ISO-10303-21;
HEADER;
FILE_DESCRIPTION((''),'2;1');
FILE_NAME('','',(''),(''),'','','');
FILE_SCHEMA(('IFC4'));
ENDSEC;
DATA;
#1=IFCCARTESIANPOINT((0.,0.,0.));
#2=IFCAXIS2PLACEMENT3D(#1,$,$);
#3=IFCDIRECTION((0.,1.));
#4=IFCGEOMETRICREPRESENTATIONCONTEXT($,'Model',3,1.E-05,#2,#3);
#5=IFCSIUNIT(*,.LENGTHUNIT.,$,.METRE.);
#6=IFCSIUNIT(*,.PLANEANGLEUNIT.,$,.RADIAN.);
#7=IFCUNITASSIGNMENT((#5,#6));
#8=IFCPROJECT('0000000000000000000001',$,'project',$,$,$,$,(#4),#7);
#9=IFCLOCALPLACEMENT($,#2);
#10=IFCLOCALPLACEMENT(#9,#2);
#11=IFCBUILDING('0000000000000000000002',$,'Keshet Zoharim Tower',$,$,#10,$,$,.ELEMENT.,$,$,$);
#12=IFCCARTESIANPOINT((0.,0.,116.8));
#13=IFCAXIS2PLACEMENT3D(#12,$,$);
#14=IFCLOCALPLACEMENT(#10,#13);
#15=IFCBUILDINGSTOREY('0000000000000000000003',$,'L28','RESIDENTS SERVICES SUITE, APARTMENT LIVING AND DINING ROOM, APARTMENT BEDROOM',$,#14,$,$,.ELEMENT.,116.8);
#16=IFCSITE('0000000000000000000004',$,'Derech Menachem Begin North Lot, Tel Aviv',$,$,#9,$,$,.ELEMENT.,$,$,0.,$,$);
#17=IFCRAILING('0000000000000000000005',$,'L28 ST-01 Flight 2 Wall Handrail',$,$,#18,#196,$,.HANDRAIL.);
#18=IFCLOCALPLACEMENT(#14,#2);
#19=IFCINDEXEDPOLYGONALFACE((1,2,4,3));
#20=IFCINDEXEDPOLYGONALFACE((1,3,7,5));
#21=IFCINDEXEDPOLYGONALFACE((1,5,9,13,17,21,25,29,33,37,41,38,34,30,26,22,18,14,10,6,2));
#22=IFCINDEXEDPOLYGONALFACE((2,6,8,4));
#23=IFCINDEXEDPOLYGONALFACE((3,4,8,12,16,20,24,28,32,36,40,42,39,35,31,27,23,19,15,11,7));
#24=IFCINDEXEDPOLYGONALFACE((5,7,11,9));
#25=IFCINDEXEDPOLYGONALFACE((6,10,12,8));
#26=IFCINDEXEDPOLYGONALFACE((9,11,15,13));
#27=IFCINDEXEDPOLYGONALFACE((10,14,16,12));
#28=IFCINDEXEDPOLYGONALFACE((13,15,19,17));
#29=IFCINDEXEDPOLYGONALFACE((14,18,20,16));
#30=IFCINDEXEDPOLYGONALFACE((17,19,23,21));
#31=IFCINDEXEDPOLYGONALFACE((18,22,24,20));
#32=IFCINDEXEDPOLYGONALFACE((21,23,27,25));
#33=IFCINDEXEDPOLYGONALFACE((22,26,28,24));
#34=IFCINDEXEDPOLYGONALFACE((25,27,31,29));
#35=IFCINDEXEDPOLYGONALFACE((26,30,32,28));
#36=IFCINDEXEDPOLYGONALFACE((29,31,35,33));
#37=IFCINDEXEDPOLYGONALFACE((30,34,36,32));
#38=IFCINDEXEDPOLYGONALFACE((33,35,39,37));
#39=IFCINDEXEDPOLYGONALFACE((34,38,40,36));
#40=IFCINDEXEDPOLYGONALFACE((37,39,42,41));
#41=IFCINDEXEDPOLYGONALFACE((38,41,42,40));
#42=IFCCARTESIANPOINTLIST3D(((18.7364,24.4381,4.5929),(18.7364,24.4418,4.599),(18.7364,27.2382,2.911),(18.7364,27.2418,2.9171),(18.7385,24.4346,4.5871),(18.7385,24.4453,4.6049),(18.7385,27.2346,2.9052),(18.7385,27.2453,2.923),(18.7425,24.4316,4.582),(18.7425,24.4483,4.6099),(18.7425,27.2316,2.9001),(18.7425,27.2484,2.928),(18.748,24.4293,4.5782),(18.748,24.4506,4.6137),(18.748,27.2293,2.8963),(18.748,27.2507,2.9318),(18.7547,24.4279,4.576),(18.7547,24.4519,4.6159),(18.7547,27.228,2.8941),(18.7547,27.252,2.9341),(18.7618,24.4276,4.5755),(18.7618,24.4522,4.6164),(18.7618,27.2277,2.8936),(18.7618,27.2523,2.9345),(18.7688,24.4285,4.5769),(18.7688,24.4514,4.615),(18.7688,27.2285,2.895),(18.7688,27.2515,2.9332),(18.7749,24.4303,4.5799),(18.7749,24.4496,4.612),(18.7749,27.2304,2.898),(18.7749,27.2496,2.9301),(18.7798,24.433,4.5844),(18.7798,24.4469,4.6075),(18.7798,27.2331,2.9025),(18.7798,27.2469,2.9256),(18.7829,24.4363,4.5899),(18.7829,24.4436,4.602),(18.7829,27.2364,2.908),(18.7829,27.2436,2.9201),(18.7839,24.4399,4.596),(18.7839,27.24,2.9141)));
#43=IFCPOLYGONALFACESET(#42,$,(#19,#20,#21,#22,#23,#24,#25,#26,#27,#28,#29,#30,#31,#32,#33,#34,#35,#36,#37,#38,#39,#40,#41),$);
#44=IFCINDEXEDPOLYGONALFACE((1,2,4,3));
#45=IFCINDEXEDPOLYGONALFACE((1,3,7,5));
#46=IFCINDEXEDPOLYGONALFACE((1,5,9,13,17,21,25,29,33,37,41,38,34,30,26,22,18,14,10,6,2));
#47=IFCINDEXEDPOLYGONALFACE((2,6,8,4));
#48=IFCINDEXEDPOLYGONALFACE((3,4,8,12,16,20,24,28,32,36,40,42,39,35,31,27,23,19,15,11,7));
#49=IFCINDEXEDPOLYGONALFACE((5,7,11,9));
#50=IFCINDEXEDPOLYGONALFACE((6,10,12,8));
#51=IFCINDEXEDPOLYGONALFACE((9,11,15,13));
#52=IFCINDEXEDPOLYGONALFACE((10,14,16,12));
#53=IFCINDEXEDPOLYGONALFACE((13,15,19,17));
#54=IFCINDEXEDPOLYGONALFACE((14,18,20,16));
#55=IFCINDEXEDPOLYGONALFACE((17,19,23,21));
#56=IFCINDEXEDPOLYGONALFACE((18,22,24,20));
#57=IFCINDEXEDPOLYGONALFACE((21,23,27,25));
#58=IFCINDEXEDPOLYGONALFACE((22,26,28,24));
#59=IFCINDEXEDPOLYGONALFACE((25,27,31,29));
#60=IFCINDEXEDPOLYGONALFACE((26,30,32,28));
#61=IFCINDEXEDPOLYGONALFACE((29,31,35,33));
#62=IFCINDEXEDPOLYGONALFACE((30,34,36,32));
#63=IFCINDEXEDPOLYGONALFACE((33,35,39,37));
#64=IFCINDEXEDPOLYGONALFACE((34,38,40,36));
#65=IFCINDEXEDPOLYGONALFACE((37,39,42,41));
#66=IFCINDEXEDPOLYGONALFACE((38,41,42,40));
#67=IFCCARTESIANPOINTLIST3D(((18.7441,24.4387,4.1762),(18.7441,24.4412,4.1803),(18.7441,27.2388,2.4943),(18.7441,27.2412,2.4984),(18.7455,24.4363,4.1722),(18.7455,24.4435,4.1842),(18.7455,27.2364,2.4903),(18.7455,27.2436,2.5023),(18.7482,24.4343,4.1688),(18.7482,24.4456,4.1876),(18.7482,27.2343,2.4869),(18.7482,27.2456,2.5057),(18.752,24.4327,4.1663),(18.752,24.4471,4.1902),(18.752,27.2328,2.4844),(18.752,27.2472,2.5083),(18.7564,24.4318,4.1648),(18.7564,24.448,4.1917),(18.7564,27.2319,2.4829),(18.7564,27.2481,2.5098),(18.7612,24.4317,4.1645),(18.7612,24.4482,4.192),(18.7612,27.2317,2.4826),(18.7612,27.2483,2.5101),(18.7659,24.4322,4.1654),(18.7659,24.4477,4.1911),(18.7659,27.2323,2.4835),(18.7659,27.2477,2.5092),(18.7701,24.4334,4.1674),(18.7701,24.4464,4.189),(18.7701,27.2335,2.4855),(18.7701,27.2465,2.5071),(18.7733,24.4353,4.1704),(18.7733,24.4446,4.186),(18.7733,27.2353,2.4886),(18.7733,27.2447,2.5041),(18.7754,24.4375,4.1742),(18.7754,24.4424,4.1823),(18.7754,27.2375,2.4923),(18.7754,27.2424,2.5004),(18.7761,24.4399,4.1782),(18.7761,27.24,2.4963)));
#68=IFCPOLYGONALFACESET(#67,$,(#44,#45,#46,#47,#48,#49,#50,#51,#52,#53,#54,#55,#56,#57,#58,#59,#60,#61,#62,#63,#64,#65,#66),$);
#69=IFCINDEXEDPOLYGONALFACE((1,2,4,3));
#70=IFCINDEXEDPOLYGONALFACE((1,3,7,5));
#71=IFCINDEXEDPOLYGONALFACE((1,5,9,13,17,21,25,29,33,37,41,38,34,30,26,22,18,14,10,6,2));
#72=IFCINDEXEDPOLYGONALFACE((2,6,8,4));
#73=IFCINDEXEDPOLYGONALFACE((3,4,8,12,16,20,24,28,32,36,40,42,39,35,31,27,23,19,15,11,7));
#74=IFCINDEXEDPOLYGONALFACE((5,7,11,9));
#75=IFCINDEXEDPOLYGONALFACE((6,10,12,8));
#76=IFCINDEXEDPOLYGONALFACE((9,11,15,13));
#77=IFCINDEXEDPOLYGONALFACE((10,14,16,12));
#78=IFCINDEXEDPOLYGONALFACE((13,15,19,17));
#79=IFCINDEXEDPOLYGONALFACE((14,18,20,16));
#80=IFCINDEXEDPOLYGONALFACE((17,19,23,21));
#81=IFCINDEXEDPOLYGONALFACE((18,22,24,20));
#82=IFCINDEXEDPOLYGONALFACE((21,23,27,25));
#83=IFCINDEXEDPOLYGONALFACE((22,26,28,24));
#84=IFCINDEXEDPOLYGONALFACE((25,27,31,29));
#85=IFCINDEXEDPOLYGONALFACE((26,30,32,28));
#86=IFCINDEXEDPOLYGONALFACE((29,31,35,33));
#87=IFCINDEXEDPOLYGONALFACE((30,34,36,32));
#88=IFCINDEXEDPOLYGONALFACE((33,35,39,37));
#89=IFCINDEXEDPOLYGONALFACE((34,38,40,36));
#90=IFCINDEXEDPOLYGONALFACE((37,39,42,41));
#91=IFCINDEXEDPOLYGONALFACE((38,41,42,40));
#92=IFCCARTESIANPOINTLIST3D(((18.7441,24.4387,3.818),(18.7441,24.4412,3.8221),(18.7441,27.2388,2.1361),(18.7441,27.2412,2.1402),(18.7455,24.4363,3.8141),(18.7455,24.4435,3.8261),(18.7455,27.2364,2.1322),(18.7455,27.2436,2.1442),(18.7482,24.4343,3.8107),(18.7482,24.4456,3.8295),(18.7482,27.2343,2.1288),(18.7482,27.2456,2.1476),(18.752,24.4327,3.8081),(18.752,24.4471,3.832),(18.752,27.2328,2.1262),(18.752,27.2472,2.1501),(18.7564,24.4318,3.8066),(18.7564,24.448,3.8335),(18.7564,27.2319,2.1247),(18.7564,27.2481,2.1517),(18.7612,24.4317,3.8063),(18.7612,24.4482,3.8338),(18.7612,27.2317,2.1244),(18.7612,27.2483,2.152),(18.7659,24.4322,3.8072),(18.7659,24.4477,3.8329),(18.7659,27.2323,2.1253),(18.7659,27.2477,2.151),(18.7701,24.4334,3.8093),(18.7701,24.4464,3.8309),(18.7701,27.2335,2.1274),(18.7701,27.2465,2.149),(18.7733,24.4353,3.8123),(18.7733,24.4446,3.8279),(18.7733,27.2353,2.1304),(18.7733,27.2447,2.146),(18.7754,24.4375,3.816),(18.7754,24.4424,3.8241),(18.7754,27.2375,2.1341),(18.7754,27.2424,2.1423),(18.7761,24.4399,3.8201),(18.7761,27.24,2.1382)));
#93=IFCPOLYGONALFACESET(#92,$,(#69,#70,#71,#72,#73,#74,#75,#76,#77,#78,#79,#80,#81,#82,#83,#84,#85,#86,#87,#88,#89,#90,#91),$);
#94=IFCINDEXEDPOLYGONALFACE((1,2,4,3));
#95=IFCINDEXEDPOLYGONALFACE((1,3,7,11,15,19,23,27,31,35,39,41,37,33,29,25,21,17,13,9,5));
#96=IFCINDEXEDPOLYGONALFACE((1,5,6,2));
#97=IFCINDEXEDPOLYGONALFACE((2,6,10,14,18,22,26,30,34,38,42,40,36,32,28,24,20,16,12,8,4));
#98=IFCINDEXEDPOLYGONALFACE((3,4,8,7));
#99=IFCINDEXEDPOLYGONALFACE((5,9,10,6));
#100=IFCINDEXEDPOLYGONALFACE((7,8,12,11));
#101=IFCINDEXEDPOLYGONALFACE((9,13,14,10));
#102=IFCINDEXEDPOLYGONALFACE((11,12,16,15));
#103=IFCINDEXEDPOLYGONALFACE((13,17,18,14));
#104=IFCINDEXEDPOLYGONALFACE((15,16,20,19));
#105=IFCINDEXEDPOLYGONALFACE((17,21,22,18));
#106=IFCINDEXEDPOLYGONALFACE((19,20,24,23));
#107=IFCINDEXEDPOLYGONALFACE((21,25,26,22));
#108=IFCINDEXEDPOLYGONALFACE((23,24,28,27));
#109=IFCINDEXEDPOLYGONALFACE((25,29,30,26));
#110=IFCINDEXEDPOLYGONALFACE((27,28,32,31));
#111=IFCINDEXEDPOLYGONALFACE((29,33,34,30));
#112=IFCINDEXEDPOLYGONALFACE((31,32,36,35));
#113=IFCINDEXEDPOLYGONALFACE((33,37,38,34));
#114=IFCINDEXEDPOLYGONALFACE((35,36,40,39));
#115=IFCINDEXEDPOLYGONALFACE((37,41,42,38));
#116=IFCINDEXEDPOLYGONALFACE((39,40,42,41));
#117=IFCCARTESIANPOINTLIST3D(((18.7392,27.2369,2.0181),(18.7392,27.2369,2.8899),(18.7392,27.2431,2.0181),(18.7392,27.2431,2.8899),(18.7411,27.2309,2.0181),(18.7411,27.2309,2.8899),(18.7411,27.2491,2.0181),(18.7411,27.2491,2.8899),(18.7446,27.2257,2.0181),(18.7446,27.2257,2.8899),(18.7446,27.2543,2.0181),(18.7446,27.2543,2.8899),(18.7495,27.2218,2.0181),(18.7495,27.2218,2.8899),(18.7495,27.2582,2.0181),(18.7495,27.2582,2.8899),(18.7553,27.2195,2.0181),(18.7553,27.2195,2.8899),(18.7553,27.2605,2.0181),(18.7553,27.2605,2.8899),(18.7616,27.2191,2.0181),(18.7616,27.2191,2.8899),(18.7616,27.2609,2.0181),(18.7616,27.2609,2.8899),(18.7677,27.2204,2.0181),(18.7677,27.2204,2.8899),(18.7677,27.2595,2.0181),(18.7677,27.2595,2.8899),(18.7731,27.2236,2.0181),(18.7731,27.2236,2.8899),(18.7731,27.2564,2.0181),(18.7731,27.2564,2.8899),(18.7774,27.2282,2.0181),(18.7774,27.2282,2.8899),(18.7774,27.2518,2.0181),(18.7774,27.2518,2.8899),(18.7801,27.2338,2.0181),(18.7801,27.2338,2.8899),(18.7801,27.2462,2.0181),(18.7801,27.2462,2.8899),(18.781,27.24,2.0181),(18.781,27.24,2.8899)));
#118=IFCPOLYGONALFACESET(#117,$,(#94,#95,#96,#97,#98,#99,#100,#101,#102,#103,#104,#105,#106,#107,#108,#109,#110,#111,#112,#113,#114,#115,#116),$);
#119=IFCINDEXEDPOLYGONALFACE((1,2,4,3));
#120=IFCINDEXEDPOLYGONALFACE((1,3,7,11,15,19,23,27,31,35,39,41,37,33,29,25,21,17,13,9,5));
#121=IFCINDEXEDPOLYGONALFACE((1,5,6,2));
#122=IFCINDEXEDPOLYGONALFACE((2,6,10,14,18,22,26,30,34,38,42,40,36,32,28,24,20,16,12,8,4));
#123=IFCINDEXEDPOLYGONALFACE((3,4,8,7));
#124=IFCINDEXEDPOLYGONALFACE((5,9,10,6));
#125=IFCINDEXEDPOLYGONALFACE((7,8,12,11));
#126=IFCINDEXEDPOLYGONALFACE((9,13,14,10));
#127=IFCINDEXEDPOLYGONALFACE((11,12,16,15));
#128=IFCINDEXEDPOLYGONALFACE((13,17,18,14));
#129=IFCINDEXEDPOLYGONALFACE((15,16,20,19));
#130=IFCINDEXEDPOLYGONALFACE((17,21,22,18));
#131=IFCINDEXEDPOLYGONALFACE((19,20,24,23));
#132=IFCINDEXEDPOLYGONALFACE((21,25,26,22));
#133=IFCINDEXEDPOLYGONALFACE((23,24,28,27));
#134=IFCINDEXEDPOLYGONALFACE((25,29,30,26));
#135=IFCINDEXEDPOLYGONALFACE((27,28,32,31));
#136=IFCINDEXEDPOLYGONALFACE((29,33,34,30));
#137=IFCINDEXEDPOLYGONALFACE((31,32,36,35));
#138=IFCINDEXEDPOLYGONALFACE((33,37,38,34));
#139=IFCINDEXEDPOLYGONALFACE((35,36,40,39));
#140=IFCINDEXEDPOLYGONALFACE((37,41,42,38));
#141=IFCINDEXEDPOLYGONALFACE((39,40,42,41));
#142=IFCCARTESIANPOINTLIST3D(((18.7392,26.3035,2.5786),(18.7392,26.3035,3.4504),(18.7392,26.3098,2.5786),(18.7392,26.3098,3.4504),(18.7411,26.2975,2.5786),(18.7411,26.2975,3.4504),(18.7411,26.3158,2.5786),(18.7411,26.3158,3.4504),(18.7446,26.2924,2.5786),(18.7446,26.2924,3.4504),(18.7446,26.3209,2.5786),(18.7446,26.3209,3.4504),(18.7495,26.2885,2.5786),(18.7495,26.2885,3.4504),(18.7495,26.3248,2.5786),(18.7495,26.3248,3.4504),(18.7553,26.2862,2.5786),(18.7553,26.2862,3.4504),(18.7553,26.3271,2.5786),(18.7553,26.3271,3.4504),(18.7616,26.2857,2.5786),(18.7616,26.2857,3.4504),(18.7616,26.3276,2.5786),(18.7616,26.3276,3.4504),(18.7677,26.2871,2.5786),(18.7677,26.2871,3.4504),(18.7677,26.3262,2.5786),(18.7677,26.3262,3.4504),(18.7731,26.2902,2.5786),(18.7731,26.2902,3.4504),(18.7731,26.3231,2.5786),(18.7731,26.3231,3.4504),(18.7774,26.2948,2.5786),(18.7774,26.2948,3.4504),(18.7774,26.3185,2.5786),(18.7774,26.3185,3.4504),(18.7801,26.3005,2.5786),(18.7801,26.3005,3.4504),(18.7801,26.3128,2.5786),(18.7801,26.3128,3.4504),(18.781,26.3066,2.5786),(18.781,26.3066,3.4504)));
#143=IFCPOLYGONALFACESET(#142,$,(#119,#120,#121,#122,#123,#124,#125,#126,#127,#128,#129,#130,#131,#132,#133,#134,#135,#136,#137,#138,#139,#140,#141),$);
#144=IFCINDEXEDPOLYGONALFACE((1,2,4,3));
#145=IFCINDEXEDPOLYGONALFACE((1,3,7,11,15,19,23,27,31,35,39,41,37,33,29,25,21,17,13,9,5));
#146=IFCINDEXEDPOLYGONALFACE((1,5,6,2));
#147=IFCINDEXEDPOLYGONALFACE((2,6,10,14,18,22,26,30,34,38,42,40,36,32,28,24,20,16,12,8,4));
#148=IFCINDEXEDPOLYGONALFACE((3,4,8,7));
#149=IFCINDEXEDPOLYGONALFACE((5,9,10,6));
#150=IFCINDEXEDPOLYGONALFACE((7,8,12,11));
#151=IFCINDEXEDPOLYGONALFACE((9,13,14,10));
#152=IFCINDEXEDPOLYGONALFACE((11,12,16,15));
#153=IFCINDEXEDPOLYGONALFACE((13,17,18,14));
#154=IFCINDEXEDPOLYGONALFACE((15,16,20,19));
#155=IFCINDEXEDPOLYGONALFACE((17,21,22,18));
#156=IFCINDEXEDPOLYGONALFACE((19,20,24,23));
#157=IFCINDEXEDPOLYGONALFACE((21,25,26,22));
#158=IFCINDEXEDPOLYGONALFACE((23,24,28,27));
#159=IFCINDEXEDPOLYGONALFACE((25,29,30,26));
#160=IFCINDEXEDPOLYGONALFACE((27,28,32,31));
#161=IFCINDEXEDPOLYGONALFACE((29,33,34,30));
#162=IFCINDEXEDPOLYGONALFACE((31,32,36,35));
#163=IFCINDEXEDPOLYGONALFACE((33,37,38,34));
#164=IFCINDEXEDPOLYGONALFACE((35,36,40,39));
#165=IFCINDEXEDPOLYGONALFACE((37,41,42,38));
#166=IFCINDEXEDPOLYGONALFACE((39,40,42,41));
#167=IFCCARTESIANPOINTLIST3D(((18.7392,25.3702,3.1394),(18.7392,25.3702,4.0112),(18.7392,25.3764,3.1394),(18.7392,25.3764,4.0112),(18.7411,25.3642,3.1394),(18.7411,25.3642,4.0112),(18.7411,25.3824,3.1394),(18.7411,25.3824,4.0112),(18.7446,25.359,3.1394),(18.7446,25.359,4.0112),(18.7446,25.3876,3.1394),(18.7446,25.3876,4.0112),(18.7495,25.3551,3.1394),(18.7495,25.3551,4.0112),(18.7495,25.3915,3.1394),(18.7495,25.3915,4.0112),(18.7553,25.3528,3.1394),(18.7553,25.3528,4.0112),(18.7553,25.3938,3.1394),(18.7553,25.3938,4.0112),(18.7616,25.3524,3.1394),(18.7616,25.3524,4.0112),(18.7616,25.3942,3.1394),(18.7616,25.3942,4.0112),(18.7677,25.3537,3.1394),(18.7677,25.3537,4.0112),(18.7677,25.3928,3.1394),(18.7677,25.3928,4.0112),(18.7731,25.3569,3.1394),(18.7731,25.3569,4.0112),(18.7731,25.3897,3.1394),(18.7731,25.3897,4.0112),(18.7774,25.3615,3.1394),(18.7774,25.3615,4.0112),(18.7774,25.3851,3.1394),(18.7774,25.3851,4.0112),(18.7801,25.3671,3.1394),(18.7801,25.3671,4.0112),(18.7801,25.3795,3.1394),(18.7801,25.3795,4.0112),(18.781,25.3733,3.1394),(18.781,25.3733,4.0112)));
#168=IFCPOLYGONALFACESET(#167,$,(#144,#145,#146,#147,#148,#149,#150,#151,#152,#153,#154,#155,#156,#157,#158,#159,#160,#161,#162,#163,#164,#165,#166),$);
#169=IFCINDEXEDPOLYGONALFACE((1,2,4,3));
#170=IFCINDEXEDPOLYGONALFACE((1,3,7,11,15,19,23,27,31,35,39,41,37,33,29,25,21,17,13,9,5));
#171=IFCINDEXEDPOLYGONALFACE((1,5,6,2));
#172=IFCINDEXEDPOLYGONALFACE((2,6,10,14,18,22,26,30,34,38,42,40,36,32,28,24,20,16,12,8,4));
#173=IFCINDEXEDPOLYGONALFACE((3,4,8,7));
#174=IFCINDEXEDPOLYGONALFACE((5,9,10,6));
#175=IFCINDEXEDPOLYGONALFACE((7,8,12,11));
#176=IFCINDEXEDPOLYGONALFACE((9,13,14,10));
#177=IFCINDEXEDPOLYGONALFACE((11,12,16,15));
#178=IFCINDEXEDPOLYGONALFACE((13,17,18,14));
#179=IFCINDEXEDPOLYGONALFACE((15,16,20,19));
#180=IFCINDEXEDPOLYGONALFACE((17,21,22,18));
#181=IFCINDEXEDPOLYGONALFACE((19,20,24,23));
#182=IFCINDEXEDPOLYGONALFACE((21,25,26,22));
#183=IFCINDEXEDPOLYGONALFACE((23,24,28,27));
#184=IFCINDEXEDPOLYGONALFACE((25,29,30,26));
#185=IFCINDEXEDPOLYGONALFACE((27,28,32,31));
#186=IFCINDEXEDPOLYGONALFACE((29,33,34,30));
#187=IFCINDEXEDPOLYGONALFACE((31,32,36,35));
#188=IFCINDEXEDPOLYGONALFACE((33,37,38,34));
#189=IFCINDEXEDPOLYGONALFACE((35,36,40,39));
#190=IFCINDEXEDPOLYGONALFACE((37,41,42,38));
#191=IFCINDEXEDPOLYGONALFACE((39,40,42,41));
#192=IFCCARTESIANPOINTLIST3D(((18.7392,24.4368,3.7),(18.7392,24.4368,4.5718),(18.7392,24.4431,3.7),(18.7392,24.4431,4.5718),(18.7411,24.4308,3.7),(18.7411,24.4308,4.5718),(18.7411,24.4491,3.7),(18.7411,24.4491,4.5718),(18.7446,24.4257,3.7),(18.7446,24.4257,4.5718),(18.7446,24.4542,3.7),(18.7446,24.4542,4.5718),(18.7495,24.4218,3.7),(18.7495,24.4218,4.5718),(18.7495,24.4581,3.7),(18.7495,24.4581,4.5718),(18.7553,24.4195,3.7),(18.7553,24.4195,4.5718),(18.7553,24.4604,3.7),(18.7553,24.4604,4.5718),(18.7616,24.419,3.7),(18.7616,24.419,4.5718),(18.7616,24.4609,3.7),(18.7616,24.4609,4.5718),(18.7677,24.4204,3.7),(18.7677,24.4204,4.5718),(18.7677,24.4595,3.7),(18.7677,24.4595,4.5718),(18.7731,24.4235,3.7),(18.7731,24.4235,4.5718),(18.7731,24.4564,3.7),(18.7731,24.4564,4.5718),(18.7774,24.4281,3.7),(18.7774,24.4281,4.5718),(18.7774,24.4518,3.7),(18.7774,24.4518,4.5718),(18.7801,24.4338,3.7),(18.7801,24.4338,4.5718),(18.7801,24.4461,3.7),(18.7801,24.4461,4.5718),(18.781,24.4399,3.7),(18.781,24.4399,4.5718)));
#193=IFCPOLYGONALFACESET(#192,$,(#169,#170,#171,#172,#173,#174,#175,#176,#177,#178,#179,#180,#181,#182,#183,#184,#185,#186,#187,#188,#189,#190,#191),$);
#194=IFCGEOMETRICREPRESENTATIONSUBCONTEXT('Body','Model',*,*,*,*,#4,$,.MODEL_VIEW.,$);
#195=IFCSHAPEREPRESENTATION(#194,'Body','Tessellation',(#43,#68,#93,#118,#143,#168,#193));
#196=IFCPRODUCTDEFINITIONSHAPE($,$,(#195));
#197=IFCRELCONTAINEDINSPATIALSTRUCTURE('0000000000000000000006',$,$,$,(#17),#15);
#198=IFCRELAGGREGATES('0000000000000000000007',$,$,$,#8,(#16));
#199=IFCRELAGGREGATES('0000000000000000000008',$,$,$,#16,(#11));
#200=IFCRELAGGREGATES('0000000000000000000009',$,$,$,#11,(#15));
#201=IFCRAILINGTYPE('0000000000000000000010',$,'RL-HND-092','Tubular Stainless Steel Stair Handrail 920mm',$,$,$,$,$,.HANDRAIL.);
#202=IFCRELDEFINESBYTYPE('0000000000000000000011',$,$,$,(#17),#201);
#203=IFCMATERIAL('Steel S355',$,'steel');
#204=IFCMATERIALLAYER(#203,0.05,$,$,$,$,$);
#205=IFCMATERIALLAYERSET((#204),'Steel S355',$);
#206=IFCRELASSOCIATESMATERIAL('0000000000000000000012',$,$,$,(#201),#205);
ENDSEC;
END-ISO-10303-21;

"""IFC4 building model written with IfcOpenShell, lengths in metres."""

from ifc_helpers import new_model, si_unit, direction, frame, origin, origin_2d, place, context, subcontext, project, spatial, circle, extrude, material, layer, layer_set, type_object, element, save


model = new_model("IFC4")

# Units and contexts
model_context = context("Model", 3, precision=1e-05, world=origin(), true_north=direction((0.0, 1.0)))
body_context = subcontext(model_context, "Body", "Model", "MODEL_VIEW")
ifc_project = project(units=[si_unit("LENGTHUNIT", "METRE"), si_unit("PLANEANGLEUNIT", "RADIAN")], contexts=[model_context])

# Site, building, storey
site_placement = place(None, origin())
site = spatial("IfcSite", under=ifc_project, at=site_placement, Name="Derech Menachem Begin North Lot, Tel Aviv", CompositionType="ELEMENT", RefElevation=0.0)
building_placement = place(site_placement, origin())
building = spatial("IfcBuilding", under=site, at=building_placement, Name="Keshet Zoharim Tower", CompositionType="ELEMENT")
storey_placement = place(building_placement, frame((0.0, 0.0, 116.8)))
storey = spatial("IfcBuildingStorey", under=building, at=storey_placement, Name="L28", Description="RESIDENTS SERVICES SUITE, APARTMENT LIVING AND DINING ROOM, APARTMENT BEDROOM", CompositionType="ELEMENT", Elevation=116.8)

# Shared definitions
ifc_material_1 = material(Name="Steel S355", Category="steel")

# Railing
ifc_layer_1 = layer(ifc_material_1, 0.05)
ifc_layer_set_1 = layer_set([ifc_layer_1], Name="Steel S355")
railing_type_1 = type_object("IfcRailingType", Name="RL-HND-092", Description="Tubular Stainless Steel Stair Handrail 920mm", PredefinedType="HANDRAIL", material=ifc_layer_set_1)
railing_1_placement = place(storey_placement, frame((18.76, 27.24, 2.0181)))
element("IfcRailing", 1, at=railing_1_placement, inside=storey, type_object=railing_type_1, Name="L28 ST-01 Flight 2 Wall Handrail", PredefinedType="HANDRAIL", context=body_context, shape_type="SweptSolid", body=[
    extrude(circle(Radius=0.0239, at=origin_2d()), frame((0.0, 0.0, 0.896), z_axis=(0.0, -0.857242, 0.514913), x_axis=(1.0, 0.0, 0.0)), (0.0, 0.0, 1.0), 3.2664),
    extrude(circle(Radius=0.0161, at=origin_2d()), frame((0.0, 0.0, 0.4783), z_axis=(0.0, -0.857242, 0.514913), x_axis=(1.0, 0.0, 0.0)), (0.0, 0.0, 1.0), 3.2664),
    extrude(circle(Radius=0.0161, at=origin_2d()), frame((0.0, 0.0, 0.1201), z_axis=(0.0, -0.857242, 0.514913), x_axis=(1.0, 0.0, 0.0)), (0.0, 0.0, 1.0), 3.2664),
    extrude(circle(Radius=0.021, at=origin_2d()), origin(), (0.0, 0.0, 1.0), 0.8718),
    extrude(circle(Radius=0.021, at=origin_2d()), frame((0.0, -0.9333, 0.5605)), (0.0, 0.0, 1.0), 0.8718),
    extrude(circle(Radius=0.021, at=origin_2d()), frame((0.0, -1.8667, 1.1213)), (0.0, 0.0, 1.0), 0.8718),
    extrude(circle(Radius=0.021, at=origin_2d()), frame((0.0, -2.8, 1.6819)), (0.0, 0.0, 1.0), 0.8718),
])

save(model, "model.ifc")
